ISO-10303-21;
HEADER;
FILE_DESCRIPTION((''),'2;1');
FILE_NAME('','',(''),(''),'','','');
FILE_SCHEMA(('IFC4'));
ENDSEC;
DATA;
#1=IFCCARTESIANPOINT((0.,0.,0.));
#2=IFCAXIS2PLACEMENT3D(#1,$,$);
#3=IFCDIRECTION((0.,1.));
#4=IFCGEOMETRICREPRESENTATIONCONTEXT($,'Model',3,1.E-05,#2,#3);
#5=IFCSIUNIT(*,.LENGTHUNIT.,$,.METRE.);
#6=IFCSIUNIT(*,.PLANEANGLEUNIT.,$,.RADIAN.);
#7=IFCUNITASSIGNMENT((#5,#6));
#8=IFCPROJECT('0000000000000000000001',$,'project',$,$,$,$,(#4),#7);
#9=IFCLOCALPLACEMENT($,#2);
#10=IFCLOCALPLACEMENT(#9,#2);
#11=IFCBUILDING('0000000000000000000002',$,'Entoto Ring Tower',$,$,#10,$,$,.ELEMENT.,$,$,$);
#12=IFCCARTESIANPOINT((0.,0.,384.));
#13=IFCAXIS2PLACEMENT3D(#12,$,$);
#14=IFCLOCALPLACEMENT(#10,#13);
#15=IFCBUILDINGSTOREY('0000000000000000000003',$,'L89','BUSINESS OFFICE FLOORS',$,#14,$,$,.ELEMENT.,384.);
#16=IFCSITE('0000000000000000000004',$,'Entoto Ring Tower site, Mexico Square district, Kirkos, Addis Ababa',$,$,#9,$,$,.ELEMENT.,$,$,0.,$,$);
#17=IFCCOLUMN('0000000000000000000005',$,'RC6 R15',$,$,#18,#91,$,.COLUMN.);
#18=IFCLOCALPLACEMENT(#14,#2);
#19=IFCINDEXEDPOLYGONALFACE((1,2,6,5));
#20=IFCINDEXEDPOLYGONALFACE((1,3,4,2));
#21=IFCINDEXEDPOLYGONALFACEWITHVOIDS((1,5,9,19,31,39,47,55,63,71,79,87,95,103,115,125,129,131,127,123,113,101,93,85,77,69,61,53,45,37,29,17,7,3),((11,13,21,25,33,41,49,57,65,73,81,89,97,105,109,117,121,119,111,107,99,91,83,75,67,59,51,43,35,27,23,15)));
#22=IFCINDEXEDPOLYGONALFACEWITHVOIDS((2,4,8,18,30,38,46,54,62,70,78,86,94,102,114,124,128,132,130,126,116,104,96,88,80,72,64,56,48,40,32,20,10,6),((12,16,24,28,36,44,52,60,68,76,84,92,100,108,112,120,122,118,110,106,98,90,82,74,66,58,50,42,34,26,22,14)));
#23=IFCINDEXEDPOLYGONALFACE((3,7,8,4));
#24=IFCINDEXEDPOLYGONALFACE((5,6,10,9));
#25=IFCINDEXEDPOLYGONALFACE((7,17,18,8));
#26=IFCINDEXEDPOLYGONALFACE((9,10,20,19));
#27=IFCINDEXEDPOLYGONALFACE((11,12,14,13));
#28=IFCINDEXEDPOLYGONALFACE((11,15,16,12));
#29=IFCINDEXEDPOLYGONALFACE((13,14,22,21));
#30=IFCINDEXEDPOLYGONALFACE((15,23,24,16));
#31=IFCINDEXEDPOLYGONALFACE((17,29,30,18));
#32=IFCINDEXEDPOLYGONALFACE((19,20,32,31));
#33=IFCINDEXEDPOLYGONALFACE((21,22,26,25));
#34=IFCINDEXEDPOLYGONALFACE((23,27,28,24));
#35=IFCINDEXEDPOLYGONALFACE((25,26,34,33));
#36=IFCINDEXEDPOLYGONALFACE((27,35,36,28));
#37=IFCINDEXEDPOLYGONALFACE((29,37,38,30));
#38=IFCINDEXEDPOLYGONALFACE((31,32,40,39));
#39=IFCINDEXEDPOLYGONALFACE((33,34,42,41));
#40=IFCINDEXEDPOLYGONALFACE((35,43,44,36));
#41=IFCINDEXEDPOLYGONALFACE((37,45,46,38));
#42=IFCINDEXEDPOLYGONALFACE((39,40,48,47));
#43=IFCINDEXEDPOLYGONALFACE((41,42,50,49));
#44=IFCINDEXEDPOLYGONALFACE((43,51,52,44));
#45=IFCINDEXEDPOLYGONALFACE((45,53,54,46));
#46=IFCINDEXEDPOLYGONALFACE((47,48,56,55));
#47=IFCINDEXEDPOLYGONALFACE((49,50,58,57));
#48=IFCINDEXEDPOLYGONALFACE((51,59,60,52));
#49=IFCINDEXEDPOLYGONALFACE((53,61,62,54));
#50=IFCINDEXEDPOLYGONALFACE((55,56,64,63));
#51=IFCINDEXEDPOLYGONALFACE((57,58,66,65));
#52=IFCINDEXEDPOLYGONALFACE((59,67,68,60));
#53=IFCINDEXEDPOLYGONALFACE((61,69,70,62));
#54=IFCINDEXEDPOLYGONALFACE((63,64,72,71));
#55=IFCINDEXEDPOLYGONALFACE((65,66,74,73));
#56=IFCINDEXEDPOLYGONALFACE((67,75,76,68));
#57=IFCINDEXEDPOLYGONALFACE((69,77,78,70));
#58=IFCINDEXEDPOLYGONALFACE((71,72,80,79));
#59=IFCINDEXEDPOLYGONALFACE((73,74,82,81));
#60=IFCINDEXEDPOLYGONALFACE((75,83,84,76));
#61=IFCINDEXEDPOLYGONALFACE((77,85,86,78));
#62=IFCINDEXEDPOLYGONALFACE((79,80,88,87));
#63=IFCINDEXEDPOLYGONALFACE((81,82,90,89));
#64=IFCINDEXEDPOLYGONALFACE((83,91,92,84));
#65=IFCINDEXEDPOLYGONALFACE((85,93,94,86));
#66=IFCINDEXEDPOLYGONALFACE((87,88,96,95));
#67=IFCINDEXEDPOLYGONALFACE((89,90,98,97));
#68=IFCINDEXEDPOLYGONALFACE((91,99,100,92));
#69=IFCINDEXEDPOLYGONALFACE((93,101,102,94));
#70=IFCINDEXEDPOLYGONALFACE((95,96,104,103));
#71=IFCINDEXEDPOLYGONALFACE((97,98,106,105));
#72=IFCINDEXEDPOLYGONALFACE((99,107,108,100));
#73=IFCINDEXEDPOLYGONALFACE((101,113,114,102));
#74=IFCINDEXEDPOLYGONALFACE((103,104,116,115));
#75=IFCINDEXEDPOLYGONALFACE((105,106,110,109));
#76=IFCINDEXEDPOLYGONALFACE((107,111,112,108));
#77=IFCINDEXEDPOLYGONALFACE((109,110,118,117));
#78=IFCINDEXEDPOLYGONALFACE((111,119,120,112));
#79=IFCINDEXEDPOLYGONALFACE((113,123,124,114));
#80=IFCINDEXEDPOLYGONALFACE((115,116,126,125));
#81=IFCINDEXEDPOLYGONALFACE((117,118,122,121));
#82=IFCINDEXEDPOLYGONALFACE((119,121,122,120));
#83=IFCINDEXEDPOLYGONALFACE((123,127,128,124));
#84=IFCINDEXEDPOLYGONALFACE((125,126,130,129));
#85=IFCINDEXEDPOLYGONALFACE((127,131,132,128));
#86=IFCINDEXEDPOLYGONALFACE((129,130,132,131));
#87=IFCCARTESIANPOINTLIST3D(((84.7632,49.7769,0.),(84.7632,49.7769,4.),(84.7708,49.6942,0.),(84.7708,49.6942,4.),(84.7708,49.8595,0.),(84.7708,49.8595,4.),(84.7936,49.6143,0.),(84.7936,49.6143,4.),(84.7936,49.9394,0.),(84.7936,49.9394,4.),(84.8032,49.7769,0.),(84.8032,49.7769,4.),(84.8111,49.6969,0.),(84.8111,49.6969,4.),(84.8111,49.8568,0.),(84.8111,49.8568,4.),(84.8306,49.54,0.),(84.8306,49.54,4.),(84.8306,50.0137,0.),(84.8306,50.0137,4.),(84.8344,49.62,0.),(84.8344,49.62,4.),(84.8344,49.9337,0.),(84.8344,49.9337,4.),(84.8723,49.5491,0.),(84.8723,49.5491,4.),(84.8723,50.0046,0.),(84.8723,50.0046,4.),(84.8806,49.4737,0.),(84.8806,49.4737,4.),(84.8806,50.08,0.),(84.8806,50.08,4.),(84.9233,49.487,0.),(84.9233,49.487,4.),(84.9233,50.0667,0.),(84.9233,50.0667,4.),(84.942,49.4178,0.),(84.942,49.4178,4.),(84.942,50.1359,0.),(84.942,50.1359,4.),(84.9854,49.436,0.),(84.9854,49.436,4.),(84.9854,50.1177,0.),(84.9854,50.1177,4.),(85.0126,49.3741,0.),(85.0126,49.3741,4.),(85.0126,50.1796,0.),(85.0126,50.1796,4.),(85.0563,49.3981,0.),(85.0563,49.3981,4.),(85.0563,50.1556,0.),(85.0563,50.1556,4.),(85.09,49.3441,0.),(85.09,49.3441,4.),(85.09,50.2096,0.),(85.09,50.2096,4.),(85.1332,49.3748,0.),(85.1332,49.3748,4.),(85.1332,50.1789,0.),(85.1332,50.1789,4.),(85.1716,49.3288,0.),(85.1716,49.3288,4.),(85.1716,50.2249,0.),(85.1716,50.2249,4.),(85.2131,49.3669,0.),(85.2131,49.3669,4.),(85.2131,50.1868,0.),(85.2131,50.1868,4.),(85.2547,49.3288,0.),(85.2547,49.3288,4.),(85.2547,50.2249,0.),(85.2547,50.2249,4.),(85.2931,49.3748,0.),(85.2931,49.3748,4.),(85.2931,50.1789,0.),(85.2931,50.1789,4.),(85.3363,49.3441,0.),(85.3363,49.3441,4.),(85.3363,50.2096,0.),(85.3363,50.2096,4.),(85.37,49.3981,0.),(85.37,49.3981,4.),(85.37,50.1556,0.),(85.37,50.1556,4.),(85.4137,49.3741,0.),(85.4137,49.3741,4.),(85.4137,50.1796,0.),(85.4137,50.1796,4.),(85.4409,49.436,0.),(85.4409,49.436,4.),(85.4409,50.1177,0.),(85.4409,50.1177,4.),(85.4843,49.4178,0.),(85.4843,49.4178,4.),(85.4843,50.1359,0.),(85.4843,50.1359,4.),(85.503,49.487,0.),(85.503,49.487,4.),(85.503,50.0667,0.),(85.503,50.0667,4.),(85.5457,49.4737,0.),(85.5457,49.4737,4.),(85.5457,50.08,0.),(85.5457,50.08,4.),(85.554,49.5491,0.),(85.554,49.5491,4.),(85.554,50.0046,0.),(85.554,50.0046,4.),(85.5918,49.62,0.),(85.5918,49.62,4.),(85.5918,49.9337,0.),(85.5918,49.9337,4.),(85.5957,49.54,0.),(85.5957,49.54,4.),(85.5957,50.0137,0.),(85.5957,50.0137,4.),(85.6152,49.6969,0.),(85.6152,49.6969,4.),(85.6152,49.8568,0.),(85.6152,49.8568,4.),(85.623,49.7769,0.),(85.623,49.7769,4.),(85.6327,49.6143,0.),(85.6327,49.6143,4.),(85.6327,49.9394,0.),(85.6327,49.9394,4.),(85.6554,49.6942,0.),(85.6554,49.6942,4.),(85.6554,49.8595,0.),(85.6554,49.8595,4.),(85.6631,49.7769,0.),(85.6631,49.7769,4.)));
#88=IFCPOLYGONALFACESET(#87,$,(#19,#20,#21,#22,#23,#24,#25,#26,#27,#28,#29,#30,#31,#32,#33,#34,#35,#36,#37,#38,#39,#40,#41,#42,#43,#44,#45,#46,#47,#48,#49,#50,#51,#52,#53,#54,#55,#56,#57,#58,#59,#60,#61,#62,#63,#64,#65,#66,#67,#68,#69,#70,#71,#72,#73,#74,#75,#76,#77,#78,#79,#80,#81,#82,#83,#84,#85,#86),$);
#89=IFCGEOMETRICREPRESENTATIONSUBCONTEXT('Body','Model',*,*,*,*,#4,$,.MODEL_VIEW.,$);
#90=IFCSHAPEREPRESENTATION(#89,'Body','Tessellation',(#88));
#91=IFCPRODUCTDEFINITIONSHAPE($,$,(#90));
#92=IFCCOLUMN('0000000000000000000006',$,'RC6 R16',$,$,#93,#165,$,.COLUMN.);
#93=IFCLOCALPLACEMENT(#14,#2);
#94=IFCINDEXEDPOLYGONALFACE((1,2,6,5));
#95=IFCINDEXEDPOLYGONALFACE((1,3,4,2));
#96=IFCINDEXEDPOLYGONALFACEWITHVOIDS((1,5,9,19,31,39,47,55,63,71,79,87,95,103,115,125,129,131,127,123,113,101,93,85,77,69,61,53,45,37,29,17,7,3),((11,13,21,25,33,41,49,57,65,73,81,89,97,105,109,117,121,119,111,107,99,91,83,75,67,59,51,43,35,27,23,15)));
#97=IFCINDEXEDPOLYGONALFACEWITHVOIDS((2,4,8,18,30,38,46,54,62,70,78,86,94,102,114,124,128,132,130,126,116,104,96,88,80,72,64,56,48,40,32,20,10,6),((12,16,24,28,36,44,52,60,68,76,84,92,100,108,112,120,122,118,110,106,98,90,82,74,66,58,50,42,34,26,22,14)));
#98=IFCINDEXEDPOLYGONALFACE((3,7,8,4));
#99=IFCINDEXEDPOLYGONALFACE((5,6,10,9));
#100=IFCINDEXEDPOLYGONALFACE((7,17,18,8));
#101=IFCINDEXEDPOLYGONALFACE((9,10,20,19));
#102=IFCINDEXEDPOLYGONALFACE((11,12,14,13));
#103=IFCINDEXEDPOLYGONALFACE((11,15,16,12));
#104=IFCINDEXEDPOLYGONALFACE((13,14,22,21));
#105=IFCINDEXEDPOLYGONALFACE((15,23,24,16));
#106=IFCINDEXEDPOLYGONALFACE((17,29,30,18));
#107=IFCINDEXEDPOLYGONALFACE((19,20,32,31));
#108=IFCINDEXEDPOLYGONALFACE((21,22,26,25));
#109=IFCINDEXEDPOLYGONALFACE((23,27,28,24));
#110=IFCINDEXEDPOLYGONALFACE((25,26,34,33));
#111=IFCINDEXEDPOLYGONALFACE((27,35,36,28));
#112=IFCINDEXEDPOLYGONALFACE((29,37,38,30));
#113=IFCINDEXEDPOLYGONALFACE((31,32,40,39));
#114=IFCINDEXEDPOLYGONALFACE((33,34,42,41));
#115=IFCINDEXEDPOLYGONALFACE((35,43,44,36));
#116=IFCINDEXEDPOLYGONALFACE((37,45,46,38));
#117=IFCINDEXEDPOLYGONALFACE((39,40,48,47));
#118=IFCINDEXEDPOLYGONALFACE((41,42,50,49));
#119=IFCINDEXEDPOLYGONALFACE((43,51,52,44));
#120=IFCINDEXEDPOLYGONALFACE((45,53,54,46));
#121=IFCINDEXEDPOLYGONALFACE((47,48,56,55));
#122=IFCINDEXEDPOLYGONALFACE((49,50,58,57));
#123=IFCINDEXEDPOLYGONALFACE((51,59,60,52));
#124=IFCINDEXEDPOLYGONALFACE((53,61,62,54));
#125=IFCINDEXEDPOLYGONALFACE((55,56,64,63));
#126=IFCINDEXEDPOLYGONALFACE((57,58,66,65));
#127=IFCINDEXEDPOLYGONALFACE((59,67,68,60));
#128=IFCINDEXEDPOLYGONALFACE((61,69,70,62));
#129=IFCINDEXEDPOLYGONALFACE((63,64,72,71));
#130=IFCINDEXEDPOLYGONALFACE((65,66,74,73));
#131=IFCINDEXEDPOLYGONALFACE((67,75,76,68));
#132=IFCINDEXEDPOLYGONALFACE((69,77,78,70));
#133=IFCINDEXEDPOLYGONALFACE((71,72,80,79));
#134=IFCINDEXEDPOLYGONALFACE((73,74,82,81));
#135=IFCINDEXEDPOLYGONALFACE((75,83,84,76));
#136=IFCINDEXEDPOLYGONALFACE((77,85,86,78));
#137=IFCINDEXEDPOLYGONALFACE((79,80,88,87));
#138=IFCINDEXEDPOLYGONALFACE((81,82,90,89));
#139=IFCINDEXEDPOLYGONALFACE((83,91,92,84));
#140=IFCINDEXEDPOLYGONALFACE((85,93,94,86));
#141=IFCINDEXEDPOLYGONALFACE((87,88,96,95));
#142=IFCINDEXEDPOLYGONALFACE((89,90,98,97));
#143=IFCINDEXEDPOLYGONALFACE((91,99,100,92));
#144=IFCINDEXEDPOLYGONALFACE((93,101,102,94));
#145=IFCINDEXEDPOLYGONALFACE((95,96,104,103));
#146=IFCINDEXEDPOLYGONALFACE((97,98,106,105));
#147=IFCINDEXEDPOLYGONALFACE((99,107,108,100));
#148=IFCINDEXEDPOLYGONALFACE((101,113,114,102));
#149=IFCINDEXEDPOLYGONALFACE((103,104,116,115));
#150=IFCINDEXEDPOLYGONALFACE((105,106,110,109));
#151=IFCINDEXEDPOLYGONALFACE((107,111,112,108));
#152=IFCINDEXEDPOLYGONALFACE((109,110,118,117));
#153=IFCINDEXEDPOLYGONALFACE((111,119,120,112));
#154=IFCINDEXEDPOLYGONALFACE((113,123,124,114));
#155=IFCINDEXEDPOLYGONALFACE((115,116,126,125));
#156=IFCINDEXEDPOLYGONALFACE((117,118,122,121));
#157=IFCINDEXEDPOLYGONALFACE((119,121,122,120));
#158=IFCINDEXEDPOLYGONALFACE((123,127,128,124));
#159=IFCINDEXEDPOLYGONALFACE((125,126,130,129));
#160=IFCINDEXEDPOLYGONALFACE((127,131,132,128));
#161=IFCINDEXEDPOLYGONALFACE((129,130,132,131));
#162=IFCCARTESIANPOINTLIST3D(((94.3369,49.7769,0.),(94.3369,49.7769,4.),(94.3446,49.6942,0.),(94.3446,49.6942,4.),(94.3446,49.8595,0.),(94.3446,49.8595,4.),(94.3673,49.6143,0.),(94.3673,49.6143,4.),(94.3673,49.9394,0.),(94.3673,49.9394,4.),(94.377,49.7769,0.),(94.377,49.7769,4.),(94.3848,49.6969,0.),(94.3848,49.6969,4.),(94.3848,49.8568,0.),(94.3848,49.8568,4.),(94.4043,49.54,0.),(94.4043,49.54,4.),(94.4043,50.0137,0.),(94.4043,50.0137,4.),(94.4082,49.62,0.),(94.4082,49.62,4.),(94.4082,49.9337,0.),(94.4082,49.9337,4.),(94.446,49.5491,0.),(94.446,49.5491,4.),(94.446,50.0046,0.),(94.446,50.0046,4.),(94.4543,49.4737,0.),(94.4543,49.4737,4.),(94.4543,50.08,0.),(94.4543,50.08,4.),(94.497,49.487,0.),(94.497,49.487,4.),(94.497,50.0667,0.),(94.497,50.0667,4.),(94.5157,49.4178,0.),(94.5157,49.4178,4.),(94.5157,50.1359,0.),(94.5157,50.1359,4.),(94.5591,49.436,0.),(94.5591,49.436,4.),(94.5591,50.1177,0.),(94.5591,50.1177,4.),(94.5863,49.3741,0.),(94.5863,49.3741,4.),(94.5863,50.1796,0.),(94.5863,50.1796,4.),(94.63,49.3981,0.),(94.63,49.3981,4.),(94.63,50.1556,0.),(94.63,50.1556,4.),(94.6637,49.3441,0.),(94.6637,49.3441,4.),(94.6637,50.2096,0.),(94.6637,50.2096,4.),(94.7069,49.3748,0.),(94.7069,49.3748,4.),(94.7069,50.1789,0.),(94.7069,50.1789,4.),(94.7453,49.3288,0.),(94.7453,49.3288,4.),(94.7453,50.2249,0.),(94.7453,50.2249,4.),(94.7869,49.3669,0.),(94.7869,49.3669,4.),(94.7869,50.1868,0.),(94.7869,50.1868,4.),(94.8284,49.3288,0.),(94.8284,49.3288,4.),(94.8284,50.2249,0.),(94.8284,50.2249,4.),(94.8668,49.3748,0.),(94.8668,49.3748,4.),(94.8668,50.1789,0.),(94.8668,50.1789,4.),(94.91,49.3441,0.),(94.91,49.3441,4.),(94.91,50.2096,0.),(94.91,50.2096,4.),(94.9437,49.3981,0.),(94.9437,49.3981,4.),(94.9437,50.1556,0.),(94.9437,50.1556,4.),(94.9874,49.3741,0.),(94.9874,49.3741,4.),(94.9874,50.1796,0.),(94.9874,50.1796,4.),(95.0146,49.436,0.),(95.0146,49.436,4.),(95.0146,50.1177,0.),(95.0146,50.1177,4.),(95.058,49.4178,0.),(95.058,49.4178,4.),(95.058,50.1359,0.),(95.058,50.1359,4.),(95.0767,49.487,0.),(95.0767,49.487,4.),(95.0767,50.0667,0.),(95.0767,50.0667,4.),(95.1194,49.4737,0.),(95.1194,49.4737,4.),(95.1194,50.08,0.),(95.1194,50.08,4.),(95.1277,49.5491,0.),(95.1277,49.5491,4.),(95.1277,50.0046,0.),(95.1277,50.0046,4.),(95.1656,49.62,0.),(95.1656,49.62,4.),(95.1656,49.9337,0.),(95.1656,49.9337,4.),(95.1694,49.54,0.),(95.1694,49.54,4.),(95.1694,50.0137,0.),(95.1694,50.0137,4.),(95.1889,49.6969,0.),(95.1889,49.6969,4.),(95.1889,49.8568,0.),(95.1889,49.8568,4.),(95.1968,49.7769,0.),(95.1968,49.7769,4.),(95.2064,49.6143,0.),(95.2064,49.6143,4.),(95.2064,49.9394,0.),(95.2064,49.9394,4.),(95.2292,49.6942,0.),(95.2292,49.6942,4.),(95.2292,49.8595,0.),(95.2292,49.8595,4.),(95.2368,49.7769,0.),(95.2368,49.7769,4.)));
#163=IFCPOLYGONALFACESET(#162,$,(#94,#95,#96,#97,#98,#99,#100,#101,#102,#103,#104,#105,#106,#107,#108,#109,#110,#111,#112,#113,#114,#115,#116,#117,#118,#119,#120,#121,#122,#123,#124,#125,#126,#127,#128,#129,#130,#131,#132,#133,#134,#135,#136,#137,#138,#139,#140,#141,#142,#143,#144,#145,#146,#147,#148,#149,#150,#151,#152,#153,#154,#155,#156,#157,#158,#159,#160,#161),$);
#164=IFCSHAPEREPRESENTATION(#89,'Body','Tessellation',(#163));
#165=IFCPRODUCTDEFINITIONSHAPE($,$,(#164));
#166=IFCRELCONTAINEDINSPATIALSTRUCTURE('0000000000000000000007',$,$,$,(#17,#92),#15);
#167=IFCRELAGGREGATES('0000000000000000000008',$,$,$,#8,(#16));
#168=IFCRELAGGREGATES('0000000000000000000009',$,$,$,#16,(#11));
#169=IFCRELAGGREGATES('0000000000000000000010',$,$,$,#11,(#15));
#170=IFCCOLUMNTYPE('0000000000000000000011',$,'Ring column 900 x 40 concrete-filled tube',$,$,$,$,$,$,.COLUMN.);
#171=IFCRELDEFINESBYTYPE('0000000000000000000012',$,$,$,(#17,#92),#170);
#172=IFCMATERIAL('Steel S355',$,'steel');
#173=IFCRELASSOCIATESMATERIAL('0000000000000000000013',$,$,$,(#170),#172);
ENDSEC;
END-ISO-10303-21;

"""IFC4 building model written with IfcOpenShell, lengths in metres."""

from ifc_helpers import new_model, si_unit, direction, frame, origin, origin_2d, place, context, subcontext, project, spatial, circle, hollow_circle, extrude, material, material_profile, profile_set, type_object, element, save


model = new_model("IFC4")

# Units and contexts
model_context = context("Model", 3, precision=1e-05, world=origin(), true_north=direction((0.0, 1.0)))
body_context = subcontext(model_context, "Body", "Model", "MODEL_VIEW")
ifc_project = project(units=[si_unit("LENGTHUNIT", "METRE"), si_unit("PLANEANGLEUNIT", "RADIAN")], contexts=[model_context])

# Site, building, storey
site_placement = place(None, origin())
site = spatial("IfcSite", under=ifc_project, at=site_placement, Name="Entoto Ring Tower site, Mexico Square district, Kirkos, Addis Ababa", CompositionType="ELEMENT", RefElevation=0.0)
building_placement = place(site_placement, origin())
building = spatial("IfcBuilding", under=site, at=building_placement, Name="Entoto Ring Tower", CompositionType="ELEMENT")
storey_placement = place(building_placement, frame((0.0, 0.0, 384.0)))
storey = spatial("IfcBuildingStorey", under=building, at=storey_placement, Name="L89", Description="BUSINESS OFFICE FLOORS", CompositionType="ELEMENT", Elevation=384.0)

# Columns
ifc_material_1 = material(Name="Steel S355", Category="steel")
ifc_material_profile_1 = material_profile(ifc_material_1, hollow_circle(Radius=0.45, WallThickness=0.04, at=origin_2d()), Name="CHS 900 x 40")
ifc_material_2 = material(Name="Concrete C60/75", Category="concrete")
ifc_material_profile_2 = material_profile(ifc_material_2, circle(Radius=0.4099, at=origin_2d()), Name="Concrete C60/75 infill")
ifc_profile_set_1 = profile_set([ifc_material_profile_1, ifc_material_profile_2], Name="Steel S355")
column_type = type_object("IfcColumnType", Name="Ring column 900 x 40 concrete-filled tube", PredefinedType="COLUMN", material=ifc_profile_set_1)
for number, where, z_axis, x_axis, name in (
    (1, (85.2131, 49.7769, 0.0), (0.0, 0.0, 1.0), (1.0, 0.0, 0.0), "RC6 R15"),
    (2, (94.7869, 49.7769, 0.0), (0.0, 0.0, 1.0), (1.0, 0.0, 0.0), "RC6 R16"),
):
    element("IfcColumn", number, at=place(storey_placement, frame(where, z_axis=z_axis, x_axis=x_axis)), inside=storey, type_object=column_type, Name=name, PredefinedType="COLUMN", context=body_context, shape_type="SweptSolid", body=[
        extrude(hollow_circle(Radius=0.45, WallThickness=0.04, at=origin_2d()), origin(), (0.0, 0.0, 1.0), 4.0),
    ])

save(model, "model.ifc")
